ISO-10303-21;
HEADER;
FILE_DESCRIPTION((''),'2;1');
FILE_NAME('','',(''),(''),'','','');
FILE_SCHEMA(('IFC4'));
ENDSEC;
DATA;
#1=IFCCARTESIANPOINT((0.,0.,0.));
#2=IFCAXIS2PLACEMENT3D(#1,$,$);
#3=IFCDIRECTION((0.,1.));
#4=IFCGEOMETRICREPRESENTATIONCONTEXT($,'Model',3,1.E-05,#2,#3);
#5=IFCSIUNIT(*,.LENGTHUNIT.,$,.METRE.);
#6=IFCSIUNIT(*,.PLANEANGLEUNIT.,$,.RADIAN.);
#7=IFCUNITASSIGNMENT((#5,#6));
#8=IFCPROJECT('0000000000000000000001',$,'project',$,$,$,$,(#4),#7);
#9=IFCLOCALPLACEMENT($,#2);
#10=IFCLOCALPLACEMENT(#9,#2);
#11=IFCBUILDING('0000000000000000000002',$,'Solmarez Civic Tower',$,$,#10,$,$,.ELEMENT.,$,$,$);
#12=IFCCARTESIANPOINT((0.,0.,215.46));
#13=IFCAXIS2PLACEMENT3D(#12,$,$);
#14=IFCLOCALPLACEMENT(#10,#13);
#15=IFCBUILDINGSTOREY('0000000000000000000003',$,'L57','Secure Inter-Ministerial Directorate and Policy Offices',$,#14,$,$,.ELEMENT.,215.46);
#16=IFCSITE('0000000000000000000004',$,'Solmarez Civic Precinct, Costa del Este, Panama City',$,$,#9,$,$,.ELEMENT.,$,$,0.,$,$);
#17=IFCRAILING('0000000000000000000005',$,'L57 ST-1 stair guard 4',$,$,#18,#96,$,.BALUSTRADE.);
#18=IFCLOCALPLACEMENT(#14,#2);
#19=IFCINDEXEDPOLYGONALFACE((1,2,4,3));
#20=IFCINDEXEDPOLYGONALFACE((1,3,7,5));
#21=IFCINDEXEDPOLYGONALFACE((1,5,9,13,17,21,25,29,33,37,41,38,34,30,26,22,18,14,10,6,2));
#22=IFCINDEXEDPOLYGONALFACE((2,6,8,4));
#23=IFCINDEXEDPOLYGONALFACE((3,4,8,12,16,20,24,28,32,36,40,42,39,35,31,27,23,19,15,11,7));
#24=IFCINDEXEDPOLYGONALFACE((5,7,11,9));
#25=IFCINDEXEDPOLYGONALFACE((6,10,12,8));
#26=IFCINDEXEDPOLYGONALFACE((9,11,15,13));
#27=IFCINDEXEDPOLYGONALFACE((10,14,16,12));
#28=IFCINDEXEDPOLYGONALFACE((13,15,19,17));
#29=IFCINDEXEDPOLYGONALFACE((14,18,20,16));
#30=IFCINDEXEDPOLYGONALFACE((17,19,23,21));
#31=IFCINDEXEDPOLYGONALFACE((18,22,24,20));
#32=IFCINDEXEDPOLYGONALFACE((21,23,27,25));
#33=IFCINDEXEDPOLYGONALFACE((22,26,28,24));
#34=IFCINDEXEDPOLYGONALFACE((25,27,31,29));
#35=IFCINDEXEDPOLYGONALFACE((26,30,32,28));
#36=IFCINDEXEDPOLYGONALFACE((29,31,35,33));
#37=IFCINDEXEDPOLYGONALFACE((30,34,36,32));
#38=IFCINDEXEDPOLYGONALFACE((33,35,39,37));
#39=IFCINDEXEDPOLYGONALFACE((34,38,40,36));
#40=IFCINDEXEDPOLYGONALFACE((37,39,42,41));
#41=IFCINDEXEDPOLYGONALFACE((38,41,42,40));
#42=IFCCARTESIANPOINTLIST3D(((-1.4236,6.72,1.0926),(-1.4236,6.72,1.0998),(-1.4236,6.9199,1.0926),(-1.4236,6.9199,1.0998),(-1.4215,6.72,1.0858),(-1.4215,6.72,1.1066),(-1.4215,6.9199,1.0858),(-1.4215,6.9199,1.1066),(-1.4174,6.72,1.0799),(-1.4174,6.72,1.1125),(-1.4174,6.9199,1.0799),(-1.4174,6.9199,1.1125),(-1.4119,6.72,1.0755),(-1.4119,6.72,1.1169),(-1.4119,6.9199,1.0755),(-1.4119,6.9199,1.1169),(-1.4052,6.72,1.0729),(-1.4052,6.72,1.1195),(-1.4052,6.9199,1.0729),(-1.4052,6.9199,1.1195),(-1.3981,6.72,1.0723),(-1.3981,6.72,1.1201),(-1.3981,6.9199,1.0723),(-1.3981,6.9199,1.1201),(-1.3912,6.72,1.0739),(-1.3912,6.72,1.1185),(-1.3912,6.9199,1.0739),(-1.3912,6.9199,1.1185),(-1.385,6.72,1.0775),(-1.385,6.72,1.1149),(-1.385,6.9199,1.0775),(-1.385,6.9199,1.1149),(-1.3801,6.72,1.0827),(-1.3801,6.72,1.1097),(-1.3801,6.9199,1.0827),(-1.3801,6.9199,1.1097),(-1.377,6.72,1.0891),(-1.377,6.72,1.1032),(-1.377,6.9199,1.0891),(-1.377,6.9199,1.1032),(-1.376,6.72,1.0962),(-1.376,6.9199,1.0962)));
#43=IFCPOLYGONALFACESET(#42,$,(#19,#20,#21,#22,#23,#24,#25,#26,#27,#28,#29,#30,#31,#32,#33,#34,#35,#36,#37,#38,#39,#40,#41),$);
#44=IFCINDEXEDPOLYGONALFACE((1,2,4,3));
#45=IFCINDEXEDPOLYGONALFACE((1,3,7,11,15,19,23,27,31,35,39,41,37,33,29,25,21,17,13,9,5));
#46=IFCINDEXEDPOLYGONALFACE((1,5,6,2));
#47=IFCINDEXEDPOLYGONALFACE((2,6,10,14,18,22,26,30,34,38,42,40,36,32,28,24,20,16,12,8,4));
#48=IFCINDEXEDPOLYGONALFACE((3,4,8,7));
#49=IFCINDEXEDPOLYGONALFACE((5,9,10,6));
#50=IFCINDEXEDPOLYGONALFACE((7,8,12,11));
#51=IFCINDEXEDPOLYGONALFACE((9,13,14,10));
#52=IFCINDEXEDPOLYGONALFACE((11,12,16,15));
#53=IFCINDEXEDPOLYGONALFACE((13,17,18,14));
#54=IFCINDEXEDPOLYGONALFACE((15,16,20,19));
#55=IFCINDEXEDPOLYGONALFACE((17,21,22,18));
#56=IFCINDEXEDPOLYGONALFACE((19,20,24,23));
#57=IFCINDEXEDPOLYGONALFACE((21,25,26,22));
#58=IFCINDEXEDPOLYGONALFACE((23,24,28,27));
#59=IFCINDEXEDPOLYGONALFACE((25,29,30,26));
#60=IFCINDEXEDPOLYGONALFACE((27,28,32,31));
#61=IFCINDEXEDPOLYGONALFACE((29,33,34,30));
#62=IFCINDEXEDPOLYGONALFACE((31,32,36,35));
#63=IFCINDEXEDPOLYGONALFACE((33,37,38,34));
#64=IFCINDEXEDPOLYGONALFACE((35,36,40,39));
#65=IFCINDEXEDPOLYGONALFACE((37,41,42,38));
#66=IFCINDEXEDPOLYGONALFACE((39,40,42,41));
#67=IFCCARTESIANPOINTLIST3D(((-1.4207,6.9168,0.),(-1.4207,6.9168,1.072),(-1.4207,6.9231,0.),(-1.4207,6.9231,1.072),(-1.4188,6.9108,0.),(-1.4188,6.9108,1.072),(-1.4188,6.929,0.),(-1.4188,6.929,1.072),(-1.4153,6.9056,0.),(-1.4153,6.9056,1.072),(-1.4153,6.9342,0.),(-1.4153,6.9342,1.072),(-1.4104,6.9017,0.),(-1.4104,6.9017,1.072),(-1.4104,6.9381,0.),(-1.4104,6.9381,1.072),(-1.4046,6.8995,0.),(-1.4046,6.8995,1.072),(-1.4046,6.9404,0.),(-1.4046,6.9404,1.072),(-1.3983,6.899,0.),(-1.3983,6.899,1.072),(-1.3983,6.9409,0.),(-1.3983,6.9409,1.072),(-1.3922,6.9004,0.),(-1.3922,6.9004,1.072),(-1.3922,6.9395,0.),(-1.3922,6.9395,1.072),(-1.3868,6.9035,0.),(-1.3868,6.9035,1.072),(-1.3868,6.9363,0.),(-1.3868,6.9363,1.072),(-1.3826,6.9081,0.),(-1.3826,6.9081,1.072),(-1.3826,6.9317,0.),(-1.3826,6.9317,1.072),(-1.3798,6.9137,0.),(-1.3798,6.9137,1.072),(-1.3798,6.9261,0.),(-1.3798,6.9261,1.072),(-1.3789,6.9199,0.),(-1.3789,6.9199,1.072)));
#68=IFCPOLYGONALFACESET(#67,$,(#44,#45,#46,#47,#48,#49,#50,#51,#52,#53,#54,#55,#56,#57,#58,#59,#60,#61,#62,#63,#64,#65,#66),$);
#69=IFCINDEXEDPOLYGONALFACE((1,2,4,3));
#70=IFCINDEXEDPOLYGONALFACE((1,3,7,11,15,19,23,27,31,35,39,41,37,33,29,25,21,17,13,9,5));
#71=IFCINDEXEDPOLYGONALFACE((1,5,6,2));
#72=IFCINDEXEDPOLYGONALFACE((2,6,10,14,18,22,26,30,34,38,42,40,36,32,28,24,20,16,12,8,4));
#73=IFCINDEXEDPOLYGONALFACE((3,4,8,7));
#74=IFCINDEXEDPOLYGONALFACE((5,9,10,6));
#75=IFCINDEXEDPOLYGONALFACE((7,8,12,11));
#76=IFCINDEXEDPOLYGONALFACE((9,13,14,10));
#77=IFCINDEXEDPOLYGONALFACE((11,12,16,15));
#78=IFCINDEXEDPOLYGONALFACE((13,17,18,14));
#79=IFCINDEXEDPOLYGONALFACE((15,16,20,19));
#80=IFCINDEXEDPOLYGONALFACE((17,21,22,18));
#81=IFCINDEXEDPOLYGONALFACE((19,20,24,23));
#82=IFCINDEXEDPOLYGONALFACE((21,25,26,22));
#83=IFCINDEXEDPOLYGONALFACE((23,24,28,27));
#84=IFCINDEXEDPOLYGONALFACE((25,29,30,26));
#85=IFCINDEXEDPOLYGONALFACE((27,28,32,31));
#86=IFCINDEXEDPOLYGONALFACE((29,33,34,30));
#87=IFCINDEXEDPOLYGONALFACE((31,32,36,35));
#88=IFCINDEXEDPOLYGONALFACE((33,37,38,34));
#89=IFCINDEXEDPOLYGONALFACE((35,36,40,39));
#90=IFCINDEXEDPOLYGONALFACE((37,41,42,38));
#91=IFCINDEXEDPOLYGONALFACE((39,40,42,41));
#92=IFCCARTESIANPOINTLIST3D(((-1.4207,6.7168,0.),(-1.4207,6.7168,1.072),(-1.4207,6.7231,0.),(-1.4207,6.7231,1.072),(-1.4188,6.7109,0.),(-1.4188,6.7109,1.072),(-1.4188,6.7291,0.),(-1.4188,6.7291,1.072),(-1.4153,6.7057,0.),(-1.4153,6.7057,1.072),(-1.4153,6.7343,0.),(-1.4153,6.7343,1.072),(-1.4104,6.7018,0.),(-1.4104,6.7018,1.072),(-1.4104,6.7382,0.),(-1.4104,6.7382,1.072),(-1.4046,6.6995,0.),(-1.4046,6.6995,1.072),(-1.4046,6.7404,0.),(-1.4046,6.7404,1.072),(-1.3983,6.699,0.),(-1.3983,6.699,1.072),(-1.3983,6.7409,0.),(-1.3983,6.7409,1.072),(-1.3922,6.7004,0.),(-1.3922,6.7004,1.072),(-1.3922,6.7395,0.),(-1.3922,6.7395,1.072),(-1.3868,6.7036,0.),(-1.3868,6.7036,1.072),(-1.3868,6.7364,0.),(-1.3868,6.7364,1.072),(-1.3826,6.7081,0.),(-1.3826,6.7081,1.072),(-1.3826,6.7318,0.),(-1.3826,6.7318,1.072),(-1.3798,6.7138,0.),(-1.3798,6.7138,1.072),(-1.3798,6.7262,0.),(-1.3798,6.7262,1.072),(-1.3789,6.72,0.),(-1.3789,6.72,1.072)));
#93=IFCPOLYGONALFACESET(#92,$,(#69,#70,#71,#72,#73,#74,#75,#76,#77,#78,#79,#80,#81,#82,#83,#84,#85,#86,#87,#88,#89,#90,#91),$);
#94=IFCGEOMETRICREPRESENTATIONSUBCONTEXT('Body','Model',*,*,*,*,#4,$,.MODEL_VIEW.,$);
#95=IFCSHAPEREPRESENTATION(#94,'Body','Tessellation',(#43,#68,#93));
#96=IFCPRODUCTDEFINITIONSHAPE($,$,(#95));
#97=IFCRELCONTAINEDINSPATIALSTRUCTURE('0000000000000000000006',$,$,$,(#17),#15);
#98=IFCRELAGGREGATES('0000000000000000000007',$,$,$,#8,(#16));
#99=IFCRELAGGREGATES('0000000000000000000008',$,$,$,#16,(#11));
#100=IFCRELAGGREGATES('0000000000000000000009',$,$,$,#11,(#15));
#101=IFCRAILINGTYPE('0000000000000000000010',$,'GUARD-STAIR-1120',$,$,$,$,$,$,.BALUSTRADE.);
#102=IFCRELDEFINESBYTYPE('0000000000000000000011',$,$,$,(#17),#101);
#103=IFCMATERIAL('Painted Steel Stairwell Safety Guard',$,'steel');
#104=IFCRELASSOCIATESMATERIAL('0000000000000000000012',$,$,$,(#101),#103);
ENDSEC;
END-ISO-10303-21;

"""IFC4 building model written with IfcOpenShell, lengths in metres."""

from ifc_helpers import new_model, si_unit, direction, frame, origin, origin_2d, place, context, subcontext, project, spatial, circle, extrude, material, type_object, element, save


model = new_model("IFC4")

# Units and contexts
model_context = context("Model", 3, precision=1e-05, world=origin(), true_north=direction((0.0, 1.0)))
body_context = subcontext(model_context, "Body", "Model", "MODEL_VIEW")
ifc_project = project(units=[si_unit("LENGTHUNIT", "METRE"), si_unit("PLANEANGLEUNIT", "RADIAN")], contexts=[model_context])

# Site, building, storey
site_placement = place(None, origin())
site = spatial("IfcSite", under=ifc_project, at=site_placement, Name="Solmarez Civic Precinct, Costa del Este, Panama City", CompositionType="ELEMENT", RefElevation=0.0)
building_placement = place(site_placement, origin())
building = spatial("IfcBuilding", under=site, at=building_placement, Name="Solmarez Civic Tower", CompositionType="ELEMENT")
storey_placement = place(building_placement, frame((0.0, 0.0, 215.46)))
storey = spatial("IfcBuildingStorey", under=building, at=storey_placement, Name="L57", Description="Secure Inter-Ministerial Directorate and Policy Offices", CompositionType="ELEMENT", Elevation=215.46)

# Railing
ifc_material_1 = material(Name="Painted Steel Stairwell Safety Guard", Category="steel")
railing_type_1 = type_object("IfcRailingType", Name="GUARD-STAIR-1120", PredefinedType="BALUSTRADE", material=ifc_material_1)
railing_1_placement = place(storey_placement, frame((-1.3999, 6.9199, 0.0)))
element("IfcRailing", 1, at=railing_1_placement, inside=storey, type_object=railing_type_1, Name="L57 ST-1 stair guard 4", PredefinedType="BALUSTRADE", context=body_context, shape_type="SweptSolid", body=[
    extrude(circle(Radius=0.0239, at=origin_2d()), frame((0.0, 0.0, 1.0962), z_axis=(0.0, -1.0, 0.0), x_axis=(1.0, 0.0, 0.0)), (0.0, 0.0, 1.0), 0.2),
    extrude(circle(Radius=0.021, at=origin_2d()), origin(), (0.0, 0.0, 1.0), 1.072),
    extrude(circle(Radius=0.021, at=origin_2d()), frame((0.0, -0.2, 0.0)), (0.0, 0.0, 1.0), 1.072),
])

save(model, "model.ifc")
